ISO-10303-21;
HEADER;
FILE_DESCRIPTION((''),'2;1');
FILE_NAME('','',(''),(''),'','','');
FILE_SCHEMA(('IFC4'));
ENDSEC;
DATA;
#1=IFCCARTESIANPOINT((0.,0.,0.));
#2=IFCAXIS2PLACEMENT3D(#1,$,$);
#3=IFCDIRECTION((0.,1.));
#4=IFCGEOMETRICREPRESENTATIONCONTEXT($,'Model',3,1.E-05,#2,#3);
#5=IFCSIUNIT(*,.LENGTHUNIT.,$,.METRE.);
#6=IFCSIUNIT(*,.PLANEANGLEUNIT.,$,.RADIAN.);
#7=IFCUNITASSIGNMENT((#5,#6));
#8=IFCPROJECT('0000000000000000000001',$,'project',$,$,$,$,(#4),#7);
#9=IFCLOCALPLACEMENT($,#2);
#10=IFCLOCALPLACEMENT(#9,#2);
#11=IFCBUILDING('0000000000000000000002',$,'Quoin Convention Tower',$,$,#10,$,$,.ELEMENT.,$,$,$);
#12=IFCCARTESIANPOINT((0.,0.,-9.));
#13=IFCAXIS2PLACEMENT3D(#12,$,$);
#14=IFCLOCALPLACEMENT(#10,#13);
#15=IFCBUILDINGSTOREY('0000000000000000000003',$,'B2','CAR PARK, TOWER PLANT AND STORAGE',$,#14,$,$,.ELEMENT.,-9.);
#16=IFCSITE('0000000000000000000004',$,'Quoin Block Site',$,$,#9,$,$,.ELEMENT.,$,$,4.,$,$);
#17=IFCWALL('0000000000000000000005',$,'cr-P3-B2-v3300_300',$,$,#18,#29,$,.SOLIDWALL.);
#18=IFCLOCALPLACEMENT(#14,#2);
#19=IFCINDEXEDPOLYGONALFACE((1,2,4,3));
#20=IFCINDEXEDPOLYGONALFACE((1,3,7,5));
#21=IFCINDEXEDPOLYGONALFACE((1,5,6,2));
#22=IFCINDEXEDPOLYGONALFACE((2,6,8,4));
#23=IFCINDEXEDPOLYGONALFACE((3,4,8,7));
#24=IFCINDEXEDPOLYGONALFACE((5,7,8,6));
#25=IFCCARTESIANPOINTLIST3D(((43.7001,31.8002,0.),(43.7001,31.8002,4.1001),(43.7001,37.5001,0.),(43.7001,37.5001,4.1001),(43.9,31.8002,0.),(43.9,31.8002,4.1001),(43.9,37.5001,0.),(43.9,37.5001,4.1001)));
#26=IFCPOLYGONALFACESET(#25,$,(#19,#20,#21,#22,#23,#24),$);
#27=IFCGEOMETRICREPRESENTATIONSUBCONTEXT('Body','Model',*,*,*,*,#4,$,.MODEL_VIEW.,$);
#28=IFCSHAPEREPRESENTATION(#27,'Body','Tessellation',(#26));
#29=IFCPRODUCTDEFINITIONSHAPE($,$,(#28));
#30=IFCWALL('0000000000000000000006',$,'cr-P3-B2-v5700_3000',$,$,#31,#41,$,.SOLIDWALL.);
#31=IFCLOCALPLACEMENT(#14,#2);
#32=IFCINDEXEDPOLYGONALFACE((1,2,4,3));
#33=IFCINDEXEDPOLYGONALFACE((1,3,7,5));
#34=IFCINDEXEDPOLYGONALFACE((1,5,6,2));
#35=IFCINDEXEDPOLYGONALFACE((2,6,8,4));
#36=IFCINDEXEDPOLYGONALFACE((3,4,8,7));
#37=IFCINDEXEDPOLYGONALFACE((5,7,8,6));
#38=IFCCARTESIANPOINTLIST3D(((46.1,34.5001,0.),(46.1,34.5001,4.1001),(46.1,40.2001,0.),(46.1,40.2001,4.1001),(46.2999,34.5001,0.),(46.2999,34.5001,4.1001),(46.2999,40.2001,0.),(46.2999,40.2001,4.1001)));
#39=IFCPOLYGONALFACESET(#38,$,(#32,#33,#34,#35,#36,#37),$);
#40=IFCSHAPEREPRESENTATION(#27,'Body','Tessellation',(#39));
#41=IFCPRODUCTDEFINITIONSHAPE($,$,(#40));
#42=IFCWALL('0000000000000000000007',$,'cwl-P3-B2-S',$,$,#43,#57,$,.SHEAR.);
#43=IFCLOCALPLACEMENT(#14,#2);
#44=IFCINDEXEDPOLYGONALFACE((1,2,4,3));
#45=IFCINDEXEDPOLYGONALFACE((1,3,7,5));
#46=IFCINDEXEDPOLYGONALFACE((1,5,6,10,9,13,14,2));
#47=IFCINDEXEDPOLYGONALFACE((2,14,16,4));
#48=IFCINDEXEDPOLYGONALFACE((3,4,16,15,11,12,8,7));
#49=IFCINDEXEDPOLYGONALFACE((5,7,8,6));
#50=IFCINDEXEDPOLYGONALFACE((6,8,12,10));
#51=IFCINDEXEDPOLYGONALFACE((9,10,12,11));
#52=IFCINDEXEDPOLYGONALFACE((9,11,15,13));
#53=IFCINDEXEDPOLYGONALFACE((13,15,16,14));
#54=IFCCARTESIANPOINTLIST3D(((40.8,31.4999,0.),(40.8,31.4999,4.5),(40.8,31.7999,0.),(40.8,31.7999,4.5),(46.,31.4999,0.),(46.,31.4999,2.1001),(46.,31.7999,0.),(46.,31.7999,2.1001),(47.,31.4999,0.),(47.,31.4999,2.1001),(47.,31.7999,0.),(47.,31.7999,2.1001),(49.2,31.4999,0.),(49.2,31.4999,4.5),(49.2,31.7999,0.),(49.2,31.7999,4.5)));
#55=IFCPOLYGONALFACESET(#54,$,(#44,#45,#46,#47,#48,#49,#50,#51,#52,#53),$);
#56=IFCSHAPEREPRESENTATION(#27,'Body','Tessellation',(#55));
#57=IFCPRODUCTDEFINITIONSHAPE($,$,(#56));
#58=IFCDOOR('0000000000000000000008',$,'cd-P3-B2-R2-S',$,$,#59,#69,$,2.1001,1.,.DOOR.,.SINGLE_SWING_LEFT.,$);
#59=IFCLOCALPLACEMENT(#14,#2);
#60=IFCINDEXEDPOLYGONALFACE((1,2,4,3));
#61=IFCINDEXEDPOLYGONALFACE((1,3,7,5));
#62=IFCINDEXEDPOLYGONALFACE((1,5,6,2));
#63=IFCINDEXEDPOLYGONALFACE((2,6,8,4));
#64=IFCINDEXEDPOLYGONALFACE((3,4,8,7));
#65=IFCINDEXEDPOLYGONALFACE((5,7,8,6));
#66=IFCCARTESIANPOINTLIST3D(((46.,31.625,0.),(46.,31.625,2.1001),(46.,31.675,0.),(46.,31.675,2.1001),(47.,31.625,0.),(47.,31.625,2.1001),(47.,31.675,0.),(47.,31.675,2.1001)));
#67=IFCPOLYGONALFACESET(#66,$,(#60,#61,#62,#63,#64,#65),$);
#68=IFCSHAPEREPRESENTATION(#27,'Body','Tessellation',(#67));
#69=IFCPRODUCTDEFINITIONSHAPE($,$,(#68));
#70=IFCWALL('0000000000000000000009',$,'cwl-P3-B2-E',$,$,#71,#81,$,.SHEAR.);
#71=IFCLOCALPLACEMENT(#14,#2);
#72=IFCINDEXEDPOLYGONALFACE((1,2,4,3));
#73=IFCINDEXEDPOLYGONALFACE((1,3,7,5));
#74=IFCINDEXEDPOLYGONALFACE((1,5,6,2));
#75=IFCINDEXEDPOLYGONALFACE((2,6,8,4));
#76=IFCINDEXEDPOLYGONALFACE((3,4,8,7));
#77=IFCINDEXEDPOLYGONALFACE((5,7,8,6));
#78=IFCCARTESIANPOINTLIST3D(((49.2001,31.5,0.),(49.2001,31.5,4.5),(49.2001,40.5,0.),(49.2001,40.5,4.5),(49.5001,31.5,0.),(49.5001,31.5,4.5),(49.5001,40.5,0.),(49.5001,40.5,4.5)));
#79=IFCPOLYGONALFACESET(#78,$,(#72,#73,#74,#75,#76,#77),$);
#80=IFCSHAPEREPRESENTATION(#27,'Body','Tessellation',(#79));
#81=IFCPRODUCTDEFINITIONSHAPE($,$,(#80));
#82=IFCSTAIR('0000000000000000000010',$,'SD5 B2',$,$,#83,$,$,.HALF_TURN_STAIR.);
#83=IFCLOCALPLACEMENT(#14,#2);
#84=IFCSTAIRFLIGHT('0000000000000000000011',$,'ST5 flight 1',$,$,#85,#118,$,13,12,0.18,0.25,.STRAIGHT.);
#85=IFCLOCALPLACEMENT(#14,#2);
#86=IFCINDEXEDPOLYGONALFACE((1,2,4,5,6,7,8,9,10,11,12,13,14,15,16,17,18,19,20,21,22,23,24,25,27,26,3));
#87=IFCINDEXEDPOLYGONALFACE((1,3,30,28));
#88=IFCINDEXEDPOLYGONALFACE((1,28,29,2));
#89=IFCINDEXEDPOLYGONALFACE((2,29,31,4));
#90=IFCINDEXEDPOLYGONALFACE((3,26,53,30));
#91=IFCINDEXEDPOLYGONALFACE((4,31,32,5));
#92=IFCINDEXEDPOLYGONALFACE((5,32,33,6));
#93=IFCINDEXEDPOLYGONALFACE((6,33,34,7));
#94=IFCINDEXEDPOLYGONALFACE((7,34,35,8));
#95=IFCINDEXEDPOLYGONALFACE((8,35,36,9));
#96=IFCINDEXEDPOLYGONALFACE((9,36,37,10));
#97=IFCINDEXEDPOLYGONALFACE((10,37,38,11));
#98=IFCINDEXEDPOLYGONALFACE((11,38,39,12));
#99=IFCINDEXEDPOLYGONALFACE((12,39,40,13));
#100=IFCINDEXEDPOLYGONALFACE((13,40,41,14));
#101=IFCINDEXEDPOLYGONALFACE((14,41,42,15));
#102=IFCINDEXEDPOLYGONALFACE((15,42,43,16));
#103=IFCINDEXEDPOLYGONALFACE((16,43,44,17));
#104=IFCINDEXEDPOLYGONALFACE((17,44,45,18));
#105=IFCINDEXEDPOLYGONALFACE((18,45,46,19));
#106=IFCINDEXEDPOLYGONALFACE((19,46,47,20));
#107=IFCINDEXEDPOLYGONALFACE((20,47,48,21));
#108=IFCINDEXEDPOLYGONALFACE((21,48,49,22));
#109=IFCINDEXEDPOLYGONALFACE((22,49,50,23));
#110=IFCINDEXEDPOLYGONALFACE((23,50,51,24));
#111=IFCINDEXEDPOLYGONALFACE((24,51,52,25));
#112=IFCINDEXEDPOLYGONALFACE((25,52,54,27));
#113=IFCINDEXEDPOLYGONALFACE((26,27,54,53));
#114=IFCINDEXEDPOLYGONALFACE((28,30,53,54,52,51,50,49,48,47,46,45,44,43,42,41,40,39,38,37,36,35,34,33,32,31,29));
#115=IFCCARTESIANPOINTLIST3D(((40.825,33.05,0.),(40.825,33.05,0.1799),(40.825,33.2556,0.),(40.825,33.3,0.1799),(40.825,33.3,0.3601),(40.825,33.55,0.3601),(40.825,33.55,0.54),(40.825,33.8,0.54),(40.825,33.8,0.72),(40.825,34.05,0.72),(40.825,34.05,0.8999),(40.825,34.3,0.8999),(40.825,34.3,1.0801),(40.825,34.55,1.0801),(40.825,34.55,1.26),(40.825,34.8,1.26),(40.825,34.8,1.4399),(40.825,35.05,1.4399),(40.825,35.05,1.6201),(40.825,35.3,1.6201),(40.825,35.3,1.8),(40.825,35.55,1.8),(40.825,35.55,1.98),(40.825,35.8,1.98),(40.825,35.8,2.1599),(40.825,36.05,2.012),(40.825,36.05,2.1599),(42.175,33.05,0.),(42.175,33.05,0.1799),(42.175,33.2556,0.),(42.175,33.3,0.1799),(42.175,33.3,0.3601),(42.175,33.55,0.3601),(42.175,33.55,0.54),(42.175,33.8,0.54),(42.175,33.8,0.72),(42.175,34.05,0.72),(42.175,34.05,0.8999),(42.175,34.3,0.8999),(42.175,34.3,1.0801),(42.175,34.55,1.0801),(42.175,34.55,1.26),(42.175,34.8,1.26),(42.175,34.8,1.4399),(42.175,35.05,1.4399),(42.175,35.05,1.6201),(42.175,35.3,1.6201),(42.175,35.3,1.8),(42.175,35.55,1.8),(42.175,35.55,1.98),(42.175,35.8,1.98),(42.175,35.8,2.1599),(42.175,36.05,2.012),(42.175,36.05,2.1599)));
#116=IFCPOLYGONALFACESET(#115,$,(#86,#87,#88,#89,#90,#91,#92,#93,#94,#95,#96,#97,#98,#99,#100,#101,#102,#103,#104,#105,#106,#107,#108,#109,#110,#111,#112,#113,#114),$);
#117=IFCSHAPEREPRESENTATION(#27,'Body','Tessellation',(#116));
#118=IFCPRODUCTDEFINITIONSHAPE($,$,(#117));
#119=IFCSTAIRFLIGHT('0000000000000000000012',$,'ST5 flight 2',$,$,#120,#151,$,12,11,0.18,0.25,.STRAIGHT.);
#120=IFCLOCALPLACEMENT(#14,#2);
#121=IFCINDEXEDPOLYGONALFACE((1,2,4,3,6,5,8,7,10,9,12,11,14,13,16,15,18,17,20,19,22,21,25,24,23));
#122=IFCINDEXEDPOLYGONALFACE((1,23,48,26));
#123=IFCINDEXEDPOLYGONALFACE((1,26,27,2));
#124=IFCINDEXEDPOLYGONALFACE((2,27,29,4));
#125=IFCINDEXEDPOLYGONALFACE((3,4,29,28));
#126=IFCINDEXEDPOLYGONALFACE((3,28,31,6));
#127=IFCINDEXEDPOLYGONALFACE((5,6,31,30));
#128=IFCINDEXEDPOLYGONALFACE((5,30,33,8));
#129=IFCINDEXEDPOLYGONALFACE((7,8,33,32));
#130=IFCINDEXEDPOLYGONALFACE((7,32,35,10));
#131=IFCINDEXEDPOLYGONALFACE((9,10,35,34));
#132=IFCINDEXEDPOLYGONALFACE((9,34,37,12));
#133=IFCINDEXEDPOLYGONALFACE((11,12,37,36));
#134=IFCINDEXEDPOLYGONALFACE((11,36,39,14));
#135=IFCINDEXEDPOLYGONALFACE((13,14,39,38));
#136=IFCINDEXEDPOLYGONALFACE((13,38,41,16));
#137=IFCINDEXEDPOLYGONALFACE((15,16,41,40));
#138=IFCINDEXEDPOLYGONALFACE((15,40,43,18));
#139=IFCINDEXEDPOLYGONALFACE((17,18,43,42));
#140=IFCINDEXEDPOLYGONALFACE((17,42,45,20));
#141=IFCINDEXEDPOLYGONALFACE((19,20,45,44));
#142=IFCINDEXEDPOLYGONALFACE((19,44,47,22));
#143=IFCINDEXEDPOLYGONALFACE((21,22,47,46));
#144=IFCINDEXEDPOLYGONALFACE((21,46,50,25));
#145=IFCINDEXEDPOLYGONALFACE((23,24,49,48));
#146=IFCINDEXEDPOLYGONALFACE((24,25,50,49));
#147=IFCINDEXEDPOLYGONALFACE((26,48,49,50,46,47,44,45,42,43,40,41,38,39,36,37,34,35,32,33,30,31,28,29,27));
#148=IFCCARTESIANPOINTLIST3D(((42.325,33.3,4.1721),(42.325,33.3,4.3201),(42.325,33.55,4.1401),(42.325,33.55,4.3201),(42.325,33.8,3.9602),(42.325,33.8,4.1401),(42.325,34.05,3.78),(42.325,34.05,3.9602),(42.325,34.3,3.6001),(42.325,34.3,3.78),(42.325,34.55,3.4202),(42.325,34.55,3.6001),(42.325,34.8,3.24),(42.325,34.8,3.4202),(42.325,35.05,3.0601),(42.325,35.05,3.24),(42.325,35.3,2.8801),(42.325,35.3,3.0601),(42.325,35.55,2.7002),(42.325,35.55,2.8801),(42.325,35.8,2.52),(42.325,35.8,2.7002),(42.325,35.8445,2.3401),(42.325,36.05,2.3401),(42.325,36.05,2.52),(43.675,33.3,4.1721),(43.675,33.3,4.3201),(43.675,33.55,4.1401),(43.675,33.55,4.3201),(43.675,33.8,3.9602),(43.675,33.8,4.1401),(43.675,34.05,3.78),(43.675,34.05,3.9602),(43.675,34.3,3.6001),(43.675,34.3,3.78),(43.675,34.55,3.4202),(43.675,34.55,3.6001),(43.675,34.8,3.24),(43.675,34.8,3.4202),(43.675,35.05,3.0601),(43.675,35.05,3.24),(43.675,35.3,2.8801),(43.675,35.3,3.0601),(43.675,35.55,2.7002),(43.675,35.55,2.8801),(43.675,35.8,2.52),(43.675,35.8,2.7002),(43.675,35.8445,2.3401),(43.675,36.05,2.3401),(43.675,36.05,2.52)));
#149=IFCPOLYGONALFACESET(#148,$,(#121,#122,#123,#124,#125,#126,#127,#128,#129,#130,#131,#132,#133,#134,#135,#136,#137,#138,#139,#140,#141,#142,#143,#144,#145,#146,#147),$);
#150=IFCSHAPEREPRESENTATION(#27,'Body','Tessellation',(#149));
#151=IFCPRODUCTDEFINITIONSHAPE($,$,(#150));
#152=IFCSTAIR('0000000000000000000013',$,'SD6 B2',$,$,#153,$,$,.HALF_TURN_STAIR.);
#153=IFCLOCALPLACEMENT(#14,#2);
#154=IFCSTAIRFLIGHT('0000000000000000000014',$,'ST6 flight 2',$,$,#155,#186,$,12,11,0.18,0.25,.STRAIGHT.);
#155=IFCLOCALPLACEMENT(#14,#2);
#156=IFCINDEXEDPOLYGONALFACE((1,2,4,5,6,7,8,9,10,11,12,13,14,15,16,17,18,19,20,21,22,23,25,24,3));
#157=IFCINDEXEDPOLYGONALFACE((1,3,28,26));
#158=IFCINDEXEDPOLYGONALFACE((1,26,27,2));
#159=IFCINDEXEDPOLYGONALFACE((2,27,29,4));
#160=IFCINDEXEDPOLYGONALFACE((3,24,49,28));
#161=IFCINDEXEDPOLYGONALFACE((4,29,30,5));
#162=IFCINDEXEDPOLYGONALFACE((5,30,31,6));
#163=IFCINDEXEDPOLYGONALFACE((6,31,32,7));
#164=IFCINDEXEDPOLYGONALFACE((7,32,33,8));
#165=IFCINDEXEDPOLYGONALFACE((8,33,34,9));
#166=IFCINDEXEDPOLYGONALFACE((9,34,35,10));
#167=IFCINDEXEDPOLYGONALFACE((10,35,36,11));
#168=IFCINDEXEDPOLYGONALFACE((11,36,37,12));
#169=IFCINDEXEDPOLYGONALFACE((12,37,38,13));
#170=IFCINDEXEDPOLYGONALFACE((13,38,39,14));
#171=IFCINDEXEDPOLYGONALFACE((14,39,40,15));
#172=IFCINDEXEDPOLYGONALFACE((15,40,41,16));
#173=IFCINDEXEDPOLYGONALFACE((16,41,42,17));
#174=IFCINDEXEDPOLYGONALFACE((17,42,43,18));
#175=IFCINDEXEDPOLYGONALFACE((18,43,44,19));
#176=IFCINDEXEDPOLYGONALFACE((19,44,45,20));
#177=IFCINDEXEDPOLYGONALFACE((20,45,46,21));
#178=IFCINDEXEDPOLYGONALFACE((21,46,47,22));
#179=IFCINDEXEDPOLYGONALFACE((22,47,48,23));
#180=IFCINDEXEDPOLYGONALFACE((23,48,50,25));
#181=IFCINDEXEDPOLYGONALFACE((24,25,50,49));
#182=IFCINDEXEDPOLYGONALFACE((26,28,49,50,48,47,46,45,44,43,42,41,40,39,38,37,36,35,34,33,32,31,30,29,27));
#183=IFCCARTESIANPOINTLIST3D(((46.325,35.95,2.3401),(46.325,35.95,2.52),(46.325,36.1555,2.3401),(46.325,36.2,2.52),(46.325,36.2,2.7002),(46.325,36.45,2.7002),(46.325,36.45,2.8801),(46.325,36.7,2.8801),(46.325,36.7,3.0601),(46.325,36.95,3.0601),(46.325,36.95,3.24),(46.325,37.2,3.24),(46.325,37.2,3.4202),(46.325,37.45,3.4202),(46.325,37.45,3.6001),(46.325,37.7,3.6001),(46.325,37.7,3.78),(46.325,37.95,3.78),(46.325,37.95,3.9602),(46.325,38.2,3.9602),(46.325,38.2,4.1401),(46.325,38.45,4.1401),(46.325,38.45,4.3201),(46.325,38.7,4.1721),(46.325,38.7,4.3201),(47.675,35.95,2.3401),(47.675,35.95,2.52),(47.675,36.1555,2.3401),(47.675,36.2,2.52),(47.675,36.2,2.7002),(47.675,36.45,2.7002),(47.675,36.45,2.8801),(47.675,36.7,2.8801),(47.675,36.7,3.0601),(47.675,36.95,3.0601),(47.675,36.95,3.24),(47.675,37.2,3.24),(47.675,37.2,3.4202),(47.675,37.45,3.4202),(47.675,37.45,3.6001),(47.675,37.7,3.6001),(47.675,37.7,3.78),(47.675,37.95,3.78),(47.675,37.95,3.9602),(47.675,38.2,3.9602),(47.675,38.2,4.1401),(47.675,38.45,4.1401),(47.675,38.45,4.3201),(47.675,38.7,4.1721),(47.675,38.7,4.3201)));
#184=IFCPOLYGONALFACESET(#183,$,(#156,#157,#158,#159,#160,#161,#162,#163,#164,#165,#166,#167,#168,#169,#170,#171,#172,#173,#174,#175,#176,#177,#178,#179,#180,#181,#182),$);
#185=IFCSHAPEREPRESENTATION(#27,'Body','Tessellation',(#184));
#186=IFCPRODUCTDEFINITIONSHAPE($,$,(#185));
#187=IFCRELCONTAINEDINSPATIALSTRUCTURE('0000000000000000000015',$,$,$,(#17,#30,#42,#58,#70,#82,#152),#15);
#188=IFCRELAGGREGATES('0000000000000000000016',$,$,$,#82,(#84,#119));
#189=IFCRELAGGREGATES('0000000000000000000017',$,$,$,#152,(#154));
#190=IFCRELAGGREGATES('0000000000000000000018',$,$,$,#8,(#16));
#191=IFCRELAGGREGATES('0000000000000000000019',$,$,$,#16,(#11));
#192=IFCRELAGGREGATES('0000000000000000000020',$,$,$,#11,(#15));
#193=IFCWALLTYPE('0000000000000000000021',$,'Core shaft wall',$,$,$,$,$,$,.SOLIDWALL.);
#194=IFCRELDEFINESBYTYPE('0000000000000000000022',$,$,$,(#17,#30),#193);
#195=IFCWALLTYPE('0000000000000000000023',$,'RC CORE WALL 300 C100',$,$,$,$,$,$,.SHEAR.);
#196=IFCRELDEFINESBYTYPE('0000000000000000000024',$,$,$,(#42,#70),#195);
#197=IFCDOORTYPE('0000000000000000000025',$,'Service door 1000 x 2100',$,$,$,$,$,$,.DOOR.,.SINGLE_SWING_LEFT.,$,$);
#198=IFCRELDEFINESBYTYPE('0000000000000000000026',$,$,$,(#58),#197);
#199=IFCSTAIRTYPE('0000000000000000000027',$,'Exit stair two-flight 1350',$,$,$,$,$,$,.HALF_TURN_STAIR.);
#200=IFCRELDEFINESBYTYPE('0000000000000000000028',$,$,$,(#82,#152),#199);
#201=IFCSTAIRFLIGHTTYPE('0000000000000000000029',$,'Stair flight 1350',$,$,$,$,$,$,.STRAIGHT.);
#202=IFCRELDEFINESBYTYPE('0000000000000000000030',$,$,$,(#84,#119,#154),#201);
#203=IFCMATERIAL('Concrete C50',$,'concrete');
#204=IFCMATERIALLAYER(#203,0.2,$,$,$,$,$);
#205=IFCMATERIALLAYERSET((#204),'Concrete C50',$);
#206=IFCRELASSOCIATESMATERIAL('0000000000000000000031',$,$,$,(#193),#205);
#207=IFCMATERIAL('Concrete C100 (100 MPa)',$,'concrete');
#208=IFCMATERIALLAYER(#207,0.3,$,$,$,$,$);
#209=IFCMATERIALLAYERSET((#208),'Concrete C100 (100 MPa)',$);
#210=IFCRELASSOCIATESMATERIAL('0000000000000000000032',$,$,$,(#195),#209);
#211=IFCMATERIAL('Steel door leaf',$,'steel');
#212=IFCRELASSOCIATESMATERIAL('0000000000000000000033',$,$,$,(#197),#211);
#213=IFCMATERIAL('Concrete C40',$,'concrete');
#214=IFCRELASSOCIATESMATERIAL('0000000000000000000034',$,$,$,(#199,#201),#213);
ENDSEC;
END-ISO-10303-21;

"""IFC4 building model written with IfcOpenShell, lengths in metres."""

from ifc_helpers import new_model, si_unit, direction, frame, frame_2d, origin, place, context, subcontext, project, spatial, polyline, rectangle, outline, extrude, material, layer, layer_set, type_object, element, fill, aggregate, save


model = new_model("IFC4")

# Units and contexts
model_context = context("Model", 3, precision=1e-05, world=origin(), true_north=direction((0.0, 1.0)))
body_context = subcontext(model_context, "Body", "Model", "MODEL_VIEW")
ifc_project = project(units=[si_unit("LENGTHUNIT", "METRE"), si_unit("PLANEANGLEUNIT", "RADIAN")], contexts=[model_context])

# Site, building, storey
site_placement = place(None, origin())
site = spatial("IfcSite", under=ifc_project, at=site_placement, Name="Quoin Block Site", CompositionType="ELEMENT", RefElevation=4.0)
building_placement = place(site_placement, origin())
building = spatial("IfcBuilding", under=site, at=building_placement, Name="Quoin Convention Tower", CompositionType="ELEMENT")
storey_placement = place(building_placement, frame((0.0, 0.0, -9.0)))
storey = spatial("IfcBuildingStorey", under=building, at=storey_placement, Name="B2", Description="CAR PARK, TOWER PLANT AND STORAGE", CompositionType="ELEMENT", Elevation=-9.0)

# Shared definitions
ifc_material_1 = material(Name="Concrete C40", Category="concrete")

# Walls
ifc_material_2 = material(Name="Concrete C50", Category="concrete")
ifc_layer_1 = layer(ifc_material_2, 0.2)
ifc_layer_set_1 = layer_set([ifc_layer_1], Name="Concrete C50")
wall_type_1 = type_object("IfcWallType", Name="Core shaft wall", PredefinedType="SOLIDWALL", material=ifc_layer_set_1)
for number, where, z_axis, x_axis, name in (
    (1, (43.8, 31.8, 0.0), (0.0, 0.0, 1.0), (0.0, 1.0, 0.0), "cr-P3-B2-v3300_300"),
    (2, (46.2, 34.5, 0.0), (0.0, 0.0, 1.0), (0.0, 1.0, 0.0), "cr-P3-B2-v5700_3000"),
):
    element("IfcWall", number, at=place(storey_placement, frame(where, z_axis=z_axis, x_axis=x_axis)), inside=storey, type_object=wall_type_1, Name=name, PredefinedType="SOLIDWALL", context=body_context, shape_type="SweptSolid", body=[
        extrude(rectangle(XDim=5.7, YDim=0.2, at=frame_2d((2.8501, 0.0))), origin(), (0.0, 0.0, 1.0), 4.1001),
    ])

# Wall, opening, door
ifc_material_3 = material(Name="Concrete C100 (100 MPa)", Category="concrete")
ifc_layer_2 = layer(ifc_material_3, 0.3)
ifc_layer_set_2 = layer_set([ifc_layer_2], Name="Concrete C100 (100 MPa)")
wall_type_2 = type_object("IfcWallType", Name="RC CORE WALL 300 C100", PredefinedType="SHEAR", material=ifc_layer_set_2)
wall_1_placement = place(storey_placement, frame((40.8, 31.6499, 0.0), z_axis=(0.0, 0.0, 1.0), x_axis=(1.0, 0.0, 0.0)))
wall_1 = element("IfcWall", 3, at=wall_1_placement, inside=storey, type_object=wall_type_2, Name="cwl-P3-B2-S", PredefinedType="SHEAR", context=body_context, shape_type="SweptSolid", body=[
    extrude(rectangle(XDim=8.3999, YDim=0.3, at=frame_2d((4.2, 0.0))), origin(), (0.0, 0.0, 1.0), 4.5),
])
opening_placement = place(wall_1_placement, frame((5.2, 0.0, 0.0)))
opening = element("IfcOpeningElement", 4, at=opening_placement, cuts=wall_1, PredefinedType="OPENING", context=body_context, shape_type="SweptSolid", body=[
    extrude(rectangle(XDim=1.0, YDim=2.1001, at=frame_2d((0.5, 1.05))), frame((0.0, 0.1599, 0.0), z_axis=(0.0, -1.0, 0.0), x_axis=(1.0, 0.0, 0.0)), (0.0, 0.0, 1.0), 0.3201),
])
ifc_material_4 = material(Name="Steel door leaf", Category="steel")
door_type = type_object("IfcDoorType", Name="Service door 1000 x 2100", OperationType="SINGLE_SWING_LEFT", PredefinedType="DOOR", material=ifc_material_4)
door_placement = place(opening_placement, frame((1.0, 0.0, 0.0), z_axis=(0.0, 0.0, 1.0), x_axis=(-1.0, 0.0, 0.0)))
door = element("IfcDoor", 5, at=door_placement, inside=storey, type_object=door_type, Name="cd-P3-B2-R2-S", OperationType="SINGLE_SWING_LEFT", OverallHeight=2.1001, OverallWidth=1.0, PredefinedType="DOOR", context=body_context, shape_type="SweptSolid", body=[
    extrude(rectangle(XDim=1.0, YDim=2.1001, at=frame_2d((0.5, 1.05))), frame((0.0, 0.0249, 0.0), z_axis=(0.0, -1.0, 0.0), x_axis=(1.0, 0.0, 0.0)), (0.0, 0.0, 1.0), 0.05),
])
fill(opening, door)

# Wall
wall_2_placement = place(storey_placement, frame((49.3501, 31.5, 0.0), z_axis=(0.0, 0.0, 1.0), x_axis=(0.0, 1.0, 0.0)))
element("IfcWall", 6, at=wall_2_placement, inside=storey, type_object=wall_type_2, Name="cwl-P3-B2-E", PredefinedType="SHEAR", context=body_context, shape_type="SweptSolid", body=[
    extrude(rectangle(XDim=9.0, YDim=0.3, at=frame_2d((4.5, 0.0))), origin(), (0.0, 0.0, 1.0), 4.5),
])

# Stair, stair flights
stair_type = type_object("IfcStairType", Name="Exit stair two-flight 1350", PredefinedType="HALF_TURN_STAIR", material=ifc_material_1)
stair_1_placement = place(storey_placement, origin())
stair_1 = element("IfcStair", 7, at=stair_1_placement, inside=storey, type_object=stair_type, Name="SD5 B2", PredefinedType="HALF_TURN_STAIR")
stair_flight_type = type_object("IfcStairFlightType", Name="Stair flight 1350", PredefinedType="STRAIGHT", material=ifc_material_1)
stair_flight_1_placement = place(storey_placement, frame((41.5, 33.05, 0.0), z_axis=(0.0, 0.0, 1.0), x_axis=(0.0, 1.0, 0.0)))
stair_flight_1 = element("IfcStairFlight", 8, at=stair_flight_1_placement, type_object=stair_flight_type, Name="ST5 flight 1", NumberOfRisers=13, NumberOfTreads=12, PredefinedType="STRAIGHT", RiserHeight=0.18, TreadLength=0.25, context=body_context, shape_type="SweptSolid", body=[
    extrude(outline(polyline([(0.0, 0.0), (0.0, 0.1799), (0.25, 0.1799), (0.25, 0.3601), (0.5, 0.3601), (0.5, 0.54), (0.75, 0.54), (0.75, 0.72), (1.0, 0.72), (1.0, 0.8999), (1.25, 0.8999), (1.25, 1.0801), (1.5, 1.0801), (1.5, 1.26), (1.75, 1.26), (1.75, 1.4399), (2.0, 1.4399), (2.0, 1.6201), (2.25, 1.6201), (2.25, 1.8), (2.5, 1.8), (2.5, 1.98), (2.75, 1.98), (2.75, 2.1599), (3.0, 2.1599), (3.0, 2.3401), (3.0, 2.012), (0.2056, 0.0), (0.0, 0.0)])), frame((0.0, 0.675, 0.0), z_axis=(0.0, -1.0, 0.0), x_axis=(1.0, 0.0, 0.0)), (0.0, 0.0, 1.0), 1.3501),
])
stair_flight_2_placement = place(storey_placement, frame((43.0, 36.05, 2.3401), z_axis=(0.0, 0.0, 1.0), x_axis=(0.0, -1.0, 0.0)))
stair_flight_2 = element("IfcStairFlight", 9, at=stair_flight_2_placement, type_object=stair_flight_type, Name="ST5 flight 2", NumberOfRisers=12, NumberOfTreads=11, PredefinedType="STRAIGHT", RiserHeight=0.18, TreadLength=0.25, context=body_context, shape_type="SweptSolid", body=[
    extrude(outline(polyline([(0.0, 0.0), (0.0, 0.1799), (0.25, 0.1799), (0.25, 0.3601), (0.5, 0.3601), (0.5, 0.54), (0.75, 0.54), (0.75, 0.72), (1.0, 0.72), (1.0, 0.8999), (1.25, 0.8999), (1.25, 1.0801), (1.5, 1.0801), (1.5, 1.26), (1.75, 1.26), (1.75, 1.4399), (2.0, 1.4399), (2.0, 1.6201), (2.25, 1.6201), (2.25, 1.8), (2.5, 1.8), (2.5, 1.98), (2.75, 1.98), (2.75, 2.1599), (2.75, 1.832), (0.2056, 0.0), (0.0, 0.0)])), frame((0.0, 0.675, 0.0), z_axis=(0.0, -1.0, 0.0), x_axis=(1.0, 0.0, 0.0)), (0.0, 0.0, 1.0), 1.3501),
])
aggregate(stair_1, [stair_flight_1, stair_flight_2])

# Stair, stair flight
stair_2_placement = place(storey_placement, origin())
stair_2 = element("IfcStair", 10, at=stair_2_placement, inside=storey, type_object=stair_type, Name="SD6 B2", PredefinedType="HALF_TURN_STAIR")
stair_flight_3_placement = place(storey_placement, frame((47.0, 35.95, 2.3401), z_axis=(0.0, 0.0, 1.0), x_axis=(0.0, 1.0, 0.0)))
stair_flight_3 = element("IfcStairFlight", 11, at=stair_flight_3_placement, type_object=stair_flight_type, Name="ST6 flight 2", NumberOfRisers=12, NumberOfTreads=11, PredefinedType="STRAIGHT", RiserHeight=0.18, TreadLength=0.25, context=body_context, shape_type="SweptSolid", body=[
    extrude(outline(polyline([(0.0, 0.0), (0.0, 0.1799), (0.25, 0.1799), (0.25, 0.3601), (0.5, 0.3601), (0.5, 0.54), (0.75, 0.54), (0.75, 0.72), (1.0, 0.72), (1.0, 0.8999), (1.25, 0.8999), (1.25, 1.0801), (1.5, 1.0801), (1.5, 1.26), (1.75, 1.26), (1.75, 1.4399), (2.0, 1.4399), (2.0, 1.6201), (2.25, 1.6201), (2.25, 1.8), (2.5, 1.8), (2.5, 1.98), (2.75, 1.98), (2.75, 2.1599), (2.75, 1.832), (0.2056, 0.0), (0.0, 0.0)])), frame((0.0, 0.675, 0.0), z_axis=(0.0, -1.0, 0.0), x_axis=(1.0, 0.0, 0.0)), (0.0, 0.0, 1.0), 1.3501),
])
aggregate(stair_2, [stair_flight_3])

save(model, "model.ifc")
